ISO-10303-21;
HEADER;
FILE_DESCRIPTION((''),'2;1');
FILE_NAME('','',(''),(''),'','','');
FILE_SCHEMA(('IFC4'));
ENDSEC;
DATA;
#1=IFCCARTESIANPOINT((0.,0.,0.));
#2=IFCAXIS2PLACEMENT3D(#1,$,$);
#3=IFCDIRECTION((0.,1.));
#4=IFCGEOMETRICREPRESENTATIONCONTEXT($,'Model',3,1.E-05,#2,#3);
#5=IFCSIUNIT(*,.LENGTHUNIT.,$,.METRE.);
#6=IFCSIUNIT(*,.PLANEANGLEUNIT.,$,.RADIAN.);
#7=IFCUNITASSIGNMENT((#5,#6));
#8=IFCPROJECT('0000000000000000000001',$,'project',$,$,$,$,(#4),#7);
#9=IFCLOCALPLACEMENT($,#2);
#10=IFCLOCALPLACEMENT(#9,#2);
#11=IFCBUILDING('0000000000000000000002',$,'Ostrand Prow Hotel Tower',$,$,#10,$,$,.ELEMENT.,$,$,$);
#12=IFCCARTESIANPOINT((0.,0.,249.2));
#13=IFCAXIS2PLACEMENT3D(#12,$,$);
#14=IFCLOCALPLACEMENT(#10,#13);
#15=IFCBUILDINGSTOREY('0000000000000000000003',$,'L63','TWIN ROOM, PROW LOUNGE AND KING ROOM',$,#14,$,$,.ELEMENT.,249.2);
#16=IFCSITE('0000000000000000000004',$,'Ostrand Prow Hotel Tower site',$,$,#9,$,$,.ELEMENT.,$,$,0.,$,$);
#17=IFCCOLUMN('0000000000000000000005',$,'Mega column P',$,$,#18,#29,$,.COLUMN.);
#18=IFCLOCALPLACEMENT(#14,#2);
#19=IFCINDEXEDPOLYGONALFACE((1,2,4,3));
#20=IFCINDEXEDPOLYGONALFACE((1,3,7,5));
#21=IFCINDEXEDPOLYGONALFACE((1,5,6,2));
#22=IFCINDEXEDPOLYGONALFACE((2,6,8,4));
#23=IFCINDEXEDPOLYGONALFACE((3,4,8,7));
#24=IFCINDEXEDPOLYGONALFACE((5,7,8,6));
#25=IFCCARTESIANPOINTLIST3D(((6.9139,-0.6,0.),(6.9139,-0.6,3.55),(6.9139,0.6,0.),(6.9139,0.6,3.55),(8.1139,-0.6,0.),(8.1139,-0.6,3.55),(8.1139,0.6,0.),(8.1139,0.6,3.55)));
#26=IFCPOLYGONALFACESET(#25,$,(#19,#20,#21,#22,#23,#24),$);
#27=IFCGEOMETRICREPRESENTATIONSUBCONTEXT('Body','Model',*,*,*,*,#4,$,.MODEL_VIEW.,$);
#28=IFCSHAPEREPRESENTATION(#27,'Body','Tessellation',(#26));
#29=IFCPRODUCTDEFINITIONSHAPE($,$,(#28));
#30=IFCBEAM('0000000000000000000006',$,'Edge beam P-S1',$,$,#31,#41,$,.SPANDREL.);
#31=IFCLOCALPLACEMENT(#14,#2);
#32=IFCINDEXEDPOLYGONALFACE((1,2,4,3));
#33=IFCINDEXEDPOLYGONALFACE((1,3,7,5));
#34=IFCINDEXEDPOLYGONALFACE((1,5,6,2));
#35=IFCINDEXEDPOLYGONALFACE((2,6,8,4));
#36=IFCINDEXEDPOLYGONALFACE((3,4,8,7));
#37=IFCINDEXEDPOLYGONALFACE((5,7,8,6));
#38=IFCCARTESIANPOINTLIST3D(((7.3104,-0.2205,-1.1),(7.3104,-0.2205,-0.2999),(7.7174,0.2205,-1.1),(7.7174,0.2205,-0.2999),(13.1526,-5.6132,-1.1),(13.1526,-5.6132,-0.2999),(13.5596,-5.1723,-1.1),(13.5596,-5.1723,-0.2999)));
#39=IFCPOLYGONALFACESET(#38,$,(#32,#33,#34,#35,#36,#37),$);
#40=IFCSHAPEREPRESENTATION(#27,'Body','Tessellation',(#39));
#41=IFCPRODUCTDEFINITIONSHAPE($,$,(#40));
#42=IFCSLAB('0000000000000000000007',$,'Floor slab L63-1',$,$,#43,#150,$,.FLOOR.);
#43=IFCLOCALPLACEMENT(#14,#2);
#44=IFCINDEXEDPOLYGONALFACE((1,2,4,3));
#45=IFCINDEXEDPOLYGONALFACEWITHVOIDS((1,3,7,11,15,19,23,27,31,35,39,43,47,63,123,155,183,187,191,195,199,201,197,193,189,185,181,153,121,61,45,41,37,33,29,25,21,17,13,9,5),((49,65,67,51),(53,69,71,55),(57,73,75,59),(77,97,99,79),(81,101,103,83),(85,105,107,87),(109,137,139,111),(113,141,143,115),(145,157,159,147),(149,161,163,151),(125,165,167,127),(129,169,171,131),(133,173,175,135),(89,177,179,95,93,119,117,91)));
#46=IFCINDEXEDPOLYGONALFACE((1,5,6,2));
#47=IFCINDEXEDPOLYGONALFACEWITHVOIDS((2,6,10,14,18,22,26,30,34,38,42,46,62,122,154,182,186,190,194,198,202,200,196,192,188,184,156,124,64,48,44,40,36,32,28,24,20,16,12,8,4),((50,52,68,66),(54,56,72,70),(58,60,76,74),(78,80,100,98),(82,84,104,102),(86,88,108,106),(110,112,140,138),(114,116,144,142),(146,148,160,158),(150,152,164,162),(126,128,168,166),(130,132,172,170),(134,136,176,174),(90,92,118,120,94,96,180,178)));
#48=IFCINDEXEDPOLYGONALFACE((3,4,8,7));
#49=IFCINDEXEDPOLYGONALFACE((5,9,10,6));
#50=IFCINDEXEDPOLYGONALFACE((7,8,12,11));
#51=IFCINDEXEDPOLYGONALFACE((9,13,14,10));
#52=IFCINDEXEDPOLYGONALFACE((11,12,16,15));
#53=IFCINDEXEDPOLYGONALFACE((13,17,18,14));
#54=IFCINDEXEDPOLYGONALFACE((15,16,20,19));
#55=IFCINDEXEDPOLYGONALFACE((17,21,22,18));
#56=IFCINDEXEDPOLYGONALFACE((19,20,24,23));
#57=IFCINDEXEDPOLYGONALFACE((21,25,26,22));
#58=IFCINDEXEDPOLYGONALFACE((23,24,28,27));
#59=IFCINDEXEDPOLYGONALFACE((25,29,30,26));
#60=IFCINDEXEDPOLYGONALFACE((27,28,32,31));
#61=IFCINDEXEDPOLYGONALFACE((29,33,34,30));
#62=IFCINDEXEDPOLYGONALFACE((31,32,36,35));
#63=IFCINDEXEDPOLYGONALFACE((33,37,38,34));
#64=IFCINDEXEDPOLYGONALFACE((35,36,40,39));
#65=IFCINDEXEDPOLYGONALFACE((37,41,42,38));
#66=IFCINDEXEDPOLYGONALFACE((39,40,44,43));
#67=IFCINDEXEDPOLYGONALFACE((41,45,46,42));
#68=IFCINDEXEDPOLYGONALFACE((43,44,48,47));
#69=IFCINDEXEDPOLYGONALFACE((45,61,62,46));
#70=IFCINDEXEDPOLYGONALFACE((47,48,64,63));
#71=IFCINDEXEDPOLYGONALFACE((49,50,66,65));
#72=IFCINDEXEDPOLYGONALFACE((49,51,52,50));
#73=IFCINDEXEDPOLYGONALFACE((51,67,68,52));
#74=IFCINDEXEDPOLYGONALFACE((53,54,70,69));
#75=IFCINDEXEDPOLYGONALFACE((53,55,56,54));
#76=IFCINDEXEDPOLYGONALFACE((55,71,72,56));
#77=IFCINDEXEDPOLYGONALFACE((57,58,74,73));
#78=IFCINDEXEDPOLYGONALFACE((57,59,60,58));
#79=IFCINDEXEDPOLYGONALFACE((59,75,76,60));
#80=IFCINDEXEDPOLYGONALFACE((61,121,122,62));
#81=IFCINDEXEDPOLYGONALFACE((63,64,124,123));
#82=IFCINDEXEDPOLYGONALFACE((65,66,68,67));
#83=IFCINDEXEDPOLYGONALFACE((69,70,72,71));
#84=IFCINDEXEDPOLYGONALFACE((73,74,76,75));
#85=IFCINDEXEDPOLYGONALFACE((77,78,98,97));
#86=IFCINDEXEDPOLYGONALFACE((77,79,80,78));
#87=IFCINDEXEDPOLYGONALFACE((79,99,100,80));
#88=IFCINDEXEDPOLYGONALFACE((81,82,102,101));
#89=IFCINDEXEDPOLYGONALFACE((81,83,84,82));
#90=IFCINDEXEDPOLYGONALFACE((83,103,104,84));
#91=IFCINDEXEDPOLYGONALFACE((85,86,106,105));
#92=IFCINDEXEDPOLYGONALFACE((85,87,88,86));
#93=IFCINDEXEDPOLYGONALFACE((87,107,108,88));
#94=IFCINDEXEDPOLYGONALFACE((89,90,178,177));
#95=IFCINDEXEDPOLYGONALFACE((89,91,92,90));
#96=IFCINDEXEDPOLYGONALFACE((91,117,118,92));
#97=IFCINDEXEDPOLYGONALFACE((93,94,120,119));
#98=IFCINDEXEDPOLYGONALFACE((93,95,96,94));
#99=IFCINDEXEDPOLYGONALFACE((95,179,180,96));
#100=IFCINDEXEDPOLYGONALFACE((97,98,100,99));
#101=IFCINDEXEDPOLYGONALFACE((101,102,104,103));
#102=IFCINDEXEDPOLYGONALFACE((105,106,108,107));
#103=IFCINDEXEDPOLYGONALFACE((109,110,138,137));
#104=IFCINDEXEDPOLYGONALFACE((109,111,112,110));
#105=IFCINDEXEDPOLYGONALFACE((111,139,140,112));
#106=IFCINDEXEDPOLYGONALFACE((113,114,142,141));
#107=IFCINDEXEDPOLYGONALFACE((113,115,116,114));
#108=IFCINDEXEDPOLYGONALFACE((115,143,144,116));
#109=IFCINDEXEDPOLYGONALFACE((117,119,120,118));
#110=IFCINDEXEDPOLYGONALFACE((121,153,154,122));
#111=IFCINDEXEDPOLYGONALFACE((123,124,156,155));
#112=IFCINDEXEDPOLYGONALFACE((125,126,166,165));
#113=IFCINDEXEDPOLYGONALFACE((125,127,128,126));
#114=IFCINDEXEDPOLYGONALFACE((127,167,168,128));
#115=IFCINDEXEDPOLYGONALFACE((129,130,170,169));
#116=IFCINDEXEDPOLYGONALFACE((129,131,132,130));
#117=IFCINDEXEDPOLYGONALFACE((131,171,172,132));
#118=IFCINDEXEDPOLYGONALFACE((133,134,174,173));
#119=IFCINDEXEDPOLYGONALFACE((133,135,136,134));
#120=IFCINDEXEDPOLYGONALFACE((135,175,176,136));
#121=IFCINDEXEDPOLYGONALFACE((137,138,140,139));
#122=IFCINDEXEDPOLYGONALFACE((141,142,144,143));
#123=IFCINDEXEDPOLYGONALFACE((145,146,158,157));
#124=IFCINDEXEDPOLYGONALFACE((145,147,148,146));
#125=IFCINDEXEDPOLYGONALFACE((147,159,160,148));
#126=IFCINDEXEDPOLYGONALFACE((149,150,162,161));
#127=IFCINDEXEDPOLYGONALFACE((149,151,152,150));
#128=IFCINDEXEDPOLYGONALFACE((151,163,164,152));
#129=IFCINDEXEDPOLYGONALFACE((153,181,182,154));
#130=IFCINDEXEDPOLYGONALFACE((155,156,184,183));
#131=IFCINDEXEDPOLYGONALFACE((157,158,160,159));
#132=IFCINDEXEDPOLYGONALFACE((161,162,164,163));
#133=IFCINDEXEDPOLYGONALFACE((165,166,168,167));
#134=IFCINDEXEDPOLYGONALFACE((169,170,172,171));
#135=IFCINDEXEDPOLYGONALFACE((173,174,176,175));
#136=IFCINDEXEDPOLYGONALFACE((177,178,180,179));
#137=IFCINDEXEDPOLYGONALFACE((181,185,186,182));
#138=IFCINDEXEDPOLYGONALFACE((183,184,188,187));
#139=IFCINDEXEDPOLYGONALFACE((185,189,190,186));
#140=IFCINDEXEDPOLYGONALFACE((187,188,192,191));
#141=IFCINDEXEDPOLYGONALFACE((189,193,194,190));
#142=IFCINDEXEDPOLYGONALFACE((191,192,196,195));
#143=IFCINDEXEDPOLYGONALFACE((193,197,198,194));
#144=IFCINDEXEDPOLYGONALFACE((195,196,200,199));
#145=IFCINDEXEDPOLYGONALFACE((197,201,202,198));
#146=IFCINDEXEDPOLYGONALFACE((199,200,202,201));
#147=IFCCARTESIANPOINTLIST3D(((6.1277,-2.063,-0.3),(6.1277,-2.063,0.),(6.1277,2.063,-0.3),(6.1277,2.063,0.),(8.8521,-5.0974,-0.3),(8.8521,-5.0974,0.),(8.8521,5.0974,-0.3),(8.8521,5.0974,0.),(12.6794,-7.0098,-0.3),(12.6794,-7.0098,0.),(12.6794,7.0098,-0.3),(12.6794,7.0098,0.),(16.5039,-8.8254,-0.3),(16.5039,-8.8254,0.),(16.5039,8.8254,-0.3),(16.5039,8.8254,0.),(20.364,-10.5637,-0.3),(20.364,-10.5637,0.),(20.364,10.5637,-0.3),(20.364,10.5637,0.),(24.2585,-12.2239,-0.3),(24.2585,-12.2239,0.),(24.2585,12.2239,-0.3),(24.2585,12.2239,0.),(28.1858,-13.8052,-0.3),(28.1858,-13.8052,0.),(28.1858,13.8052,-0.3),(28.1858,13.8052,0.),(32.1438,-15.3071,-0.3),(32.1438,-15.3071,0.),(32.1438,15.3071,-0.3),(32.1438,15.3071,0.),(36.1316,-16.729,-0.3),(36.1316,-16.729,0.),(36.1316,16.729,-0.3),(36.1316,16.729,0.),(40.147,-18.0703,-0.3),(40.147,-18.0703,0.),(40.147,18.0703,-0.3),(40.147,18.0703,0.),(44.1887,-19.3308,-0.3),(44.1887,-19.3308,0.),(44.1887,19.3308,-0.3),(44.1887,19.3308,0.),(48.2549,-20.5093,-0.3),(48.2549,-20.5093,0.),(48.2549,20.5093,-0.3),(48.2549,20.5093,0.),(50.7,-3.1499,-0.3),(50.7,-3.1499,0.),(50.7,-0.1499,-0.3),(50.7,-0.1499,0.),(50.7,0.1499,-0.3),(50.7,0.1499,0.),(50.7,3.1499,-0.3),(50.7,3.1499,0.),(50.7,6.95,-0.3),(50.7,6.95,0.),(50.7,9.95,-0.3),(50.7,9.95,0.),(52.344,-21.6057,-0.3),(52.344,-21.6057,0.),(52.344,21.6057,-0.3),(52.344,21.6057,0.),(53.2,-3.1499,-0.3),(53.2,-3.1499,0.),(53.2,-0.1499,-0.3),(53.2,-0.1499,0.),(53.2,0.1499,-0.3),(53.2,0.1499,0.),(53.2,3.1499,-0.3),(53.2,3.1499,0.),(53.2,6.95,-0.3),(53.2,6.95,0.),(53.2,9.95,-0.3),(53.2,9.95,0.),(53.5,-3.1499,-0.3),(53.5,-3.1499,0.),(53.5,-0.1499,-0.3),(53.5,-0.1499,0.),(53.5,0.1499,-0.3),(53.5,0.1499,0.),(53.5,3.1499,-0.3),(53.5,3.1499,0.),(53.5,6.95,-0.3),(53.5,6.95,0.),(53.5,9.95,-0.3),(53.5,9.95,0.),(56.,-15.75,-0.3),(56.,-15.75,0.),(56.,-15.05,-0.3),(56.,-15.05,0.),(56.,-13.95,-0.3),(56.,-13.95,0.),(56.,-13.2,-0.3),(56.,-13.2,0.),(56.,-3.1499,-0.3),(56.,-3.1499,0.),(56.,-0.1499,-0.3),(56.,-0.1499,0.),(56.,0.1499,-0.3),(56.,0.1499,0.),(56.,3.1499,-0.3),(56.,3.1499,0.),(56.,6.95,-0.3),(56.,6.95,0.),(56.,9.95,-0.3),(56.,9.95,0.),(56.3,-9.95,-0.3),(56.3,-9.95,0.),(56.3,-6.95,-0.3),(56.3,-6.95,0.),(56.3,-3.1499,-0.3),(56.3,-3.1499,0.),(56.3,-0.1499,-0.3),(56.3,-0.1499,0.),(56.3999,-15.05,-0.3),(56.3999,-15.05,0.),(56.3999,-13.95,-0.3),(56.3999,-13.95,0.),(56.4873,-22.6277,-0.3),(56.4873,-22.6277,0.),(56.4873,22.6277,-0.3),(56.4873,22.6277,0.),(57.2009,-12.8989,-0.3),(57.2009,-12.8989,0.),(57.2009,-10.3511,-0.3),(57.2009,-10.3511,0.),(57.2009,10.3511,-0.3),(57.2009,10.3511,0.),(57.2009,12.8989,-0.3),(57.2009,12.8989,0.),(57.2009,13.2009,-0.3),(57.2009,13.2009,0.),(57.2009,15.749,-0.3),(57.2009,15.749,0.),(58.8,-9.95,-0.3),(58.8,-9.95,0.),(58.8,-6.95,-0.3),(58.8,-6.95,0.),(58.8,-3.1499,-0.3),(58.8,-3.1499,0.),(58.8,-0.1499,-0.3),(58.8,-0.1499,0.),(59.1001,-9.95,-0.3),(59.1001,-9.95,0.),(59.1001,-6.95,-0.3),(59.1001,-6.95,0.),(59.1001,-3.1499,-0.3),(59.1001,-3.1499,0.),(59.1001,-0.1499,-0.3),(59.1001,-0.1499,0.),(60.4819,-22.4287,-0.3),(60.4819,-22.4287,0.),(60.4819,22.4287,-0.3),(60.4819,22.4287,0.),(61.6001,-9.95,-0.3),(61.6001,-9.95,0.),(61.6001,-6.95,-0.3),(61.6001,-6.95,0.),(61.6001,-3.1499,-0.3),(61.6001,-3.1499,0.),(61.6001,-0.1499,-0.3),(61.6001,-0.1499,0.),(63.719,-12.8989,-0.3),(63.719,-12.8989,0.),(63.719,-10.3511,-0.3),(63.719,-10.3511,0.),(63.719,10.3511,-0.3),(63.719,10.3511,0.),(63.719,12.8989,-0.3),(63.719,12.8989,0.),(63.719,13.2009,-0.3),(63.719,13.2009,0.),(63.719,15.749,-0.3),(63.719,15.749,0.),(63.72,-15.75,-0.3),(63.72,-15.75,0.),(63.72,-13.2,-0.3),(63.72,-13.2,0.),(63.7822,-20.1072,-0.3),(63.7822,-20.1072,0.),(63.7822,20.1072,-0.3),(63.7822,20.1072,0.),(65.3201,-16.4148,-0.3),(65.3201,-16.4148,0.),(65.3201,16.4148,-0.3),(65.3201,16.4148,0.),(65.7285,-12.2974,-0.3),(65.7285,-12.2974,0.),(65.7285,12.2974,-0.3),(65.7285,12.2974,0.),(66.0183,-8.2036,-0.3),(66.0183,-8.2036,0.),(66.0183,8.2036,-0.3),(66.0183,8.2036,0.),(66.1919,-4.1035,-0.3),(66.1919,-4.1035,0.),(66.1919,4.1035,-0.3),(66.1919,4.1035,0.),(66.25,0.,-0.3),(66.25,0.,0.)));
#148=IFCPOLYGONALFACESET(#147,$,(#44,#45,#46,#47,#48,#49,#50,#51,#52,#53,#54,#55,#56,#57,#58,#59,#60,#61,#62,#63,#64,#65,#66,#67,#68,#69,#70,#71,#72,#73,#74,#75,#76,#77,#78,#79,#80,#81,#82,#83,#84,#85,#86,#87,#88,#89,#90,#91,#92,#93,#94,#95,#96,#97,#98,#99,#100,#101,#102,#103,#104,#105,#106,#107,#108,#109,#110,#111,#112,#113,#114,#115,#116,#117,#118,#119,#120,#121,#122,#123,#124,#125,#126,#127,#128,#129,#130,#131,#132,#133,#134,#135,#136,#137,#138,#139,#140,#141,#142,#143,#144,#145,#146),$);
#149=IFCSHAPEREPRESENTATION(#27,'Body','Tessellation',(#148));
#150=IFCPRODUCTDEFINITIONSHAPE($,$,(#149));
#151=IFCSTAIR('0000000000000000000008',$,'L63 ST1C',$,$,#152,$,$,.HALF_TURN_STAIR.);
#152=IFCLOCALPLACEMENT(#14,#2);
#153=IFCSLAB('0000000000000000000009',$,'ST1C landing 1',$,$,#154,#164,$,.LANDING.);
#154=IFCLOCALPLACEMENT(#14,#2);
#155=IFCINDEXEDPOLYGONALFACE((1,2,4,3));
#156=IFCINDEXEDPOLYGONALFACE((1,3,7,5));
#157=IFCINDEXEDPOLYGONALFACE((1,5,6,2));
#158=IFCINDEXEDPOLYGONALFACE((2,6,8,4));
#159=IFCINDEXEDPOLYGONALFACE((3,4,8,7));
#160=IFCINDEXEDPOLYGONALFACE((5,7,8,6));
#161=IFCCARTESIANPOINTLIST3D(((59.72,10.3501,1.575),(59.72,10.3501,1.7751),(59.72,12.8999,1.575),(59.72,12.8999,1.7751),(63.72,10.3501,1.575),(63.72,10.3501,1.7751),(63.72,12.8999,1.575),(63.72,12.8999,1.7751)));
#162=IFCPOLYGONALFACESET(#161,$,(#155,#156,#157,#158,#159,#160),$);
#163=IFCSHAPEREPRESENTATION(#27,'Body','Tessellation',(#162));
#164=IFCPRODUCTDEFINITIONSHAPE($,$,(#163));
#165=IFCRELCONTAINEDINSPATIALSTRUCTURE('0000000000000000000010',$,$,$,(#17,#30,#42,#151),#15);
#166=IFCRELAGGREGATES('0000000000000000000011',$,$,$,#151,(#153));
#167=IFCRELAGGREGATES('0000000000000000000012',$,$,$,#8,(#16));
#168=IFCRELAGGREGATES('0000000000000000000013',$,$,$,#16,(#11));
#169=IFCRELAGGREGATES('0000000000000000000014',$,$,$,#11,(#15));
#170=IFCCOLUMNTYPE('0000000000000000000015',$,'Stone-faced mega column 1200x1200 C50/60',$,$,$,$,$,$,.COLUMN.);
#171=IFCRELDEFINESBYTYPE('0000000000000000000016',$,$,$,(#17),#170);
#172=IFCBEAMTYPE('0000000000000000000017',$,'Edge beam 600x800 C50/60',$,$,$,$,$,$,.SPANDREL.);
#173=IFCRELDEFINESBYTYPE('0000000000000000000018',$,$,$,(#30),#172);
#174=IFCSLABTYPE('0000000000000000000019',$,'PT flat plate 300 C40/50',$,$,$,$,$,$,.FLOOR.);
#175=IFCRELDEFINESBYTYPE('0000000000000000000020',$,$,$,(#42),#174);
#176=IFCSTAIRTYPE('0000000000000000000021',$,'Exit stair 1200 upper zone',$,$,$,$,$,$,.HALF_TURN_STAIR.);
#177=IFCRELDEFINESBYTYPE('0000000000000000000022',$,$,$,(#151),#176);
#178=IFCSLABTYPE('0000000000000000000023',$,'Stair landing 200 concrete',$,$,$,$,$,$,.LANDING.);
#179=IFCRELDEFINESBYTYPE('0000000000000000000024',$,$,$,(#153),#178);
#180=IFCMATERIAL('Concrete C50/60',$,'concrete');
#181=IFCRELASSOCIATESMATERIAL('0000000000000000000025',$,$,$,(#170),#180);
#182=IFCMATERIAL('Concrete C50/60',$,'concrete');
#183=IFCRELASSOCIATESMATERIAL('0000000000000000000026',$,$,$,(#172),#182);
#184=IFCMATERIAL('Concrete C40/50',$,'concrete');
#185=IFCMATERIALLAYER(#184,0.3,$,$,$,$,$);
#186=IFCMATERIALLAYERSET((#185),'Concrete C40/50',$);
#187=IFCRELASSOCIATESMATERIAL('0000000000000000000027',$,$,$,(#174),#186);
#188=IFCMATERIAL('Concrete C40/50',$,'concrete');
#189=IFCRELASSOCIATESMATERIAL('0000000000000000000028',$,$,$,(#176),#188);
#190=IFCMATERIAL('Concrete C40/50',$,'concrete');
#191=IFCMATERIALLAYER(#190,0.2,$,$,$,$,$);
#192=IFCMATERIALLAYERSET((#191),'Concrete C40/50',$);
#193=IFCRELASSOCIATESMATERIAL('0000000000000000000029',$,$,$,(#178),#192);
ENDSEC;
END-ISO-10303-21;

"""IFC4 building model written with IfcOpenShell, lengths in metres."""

from ifc_helpers import new_model, si_unit, direction, frame, origin, origin_2d, place, context, subcontext, project, spatial, polyline, rectangle, outline, extrude, material, layer, layer_set, material_profile, profile_set, type_object, element, aggregate, save


model = new_model("IFC4")

# Units and contexts
model_context = context("Model", 3, precision=1e-05, world=origin(), true_north=direction((0.0, 1.0)))
body_context = subcontext(model_context, "Body", "Model", "MODEL_VIEW")
ifc_project = project(units=[si_unit("LENGTHUNIT", "METRE"), si_unit("PLANEANGLEUNIT", "RADIAN")], contexts=[model_context])

# Site, building, storey
site_placement = place(None, origin())
site = spatial("IfcSite", under=ifc_project, at=site_placement, Name="Ostrand Prow Hotel Tower site", CompositionType="ELEMENT", RefElevation=0.0)
building_placement = place(site_placement, origin())
building = spatial("IfcBuilding", under=site, at=building_placement, Name="Ostrand Prow Hotel Tower", CompositionType="ELEMENT")
storey_placement = place(building_placement, frame((0.0, 0.0, 249.2)))
storey = spatial("IfcBuildingStorey", under=building, at=storey_placement, Name="L63", Description="TWIN ROOM, PROW LOUNGE AND KING ROOM", CompositionType="ELEMENT", Elevation=249.2)

# Column
ifc_material_1 = material(Name="Concrete C50/60", Category="concrete")
ifc_material_profile_1 = material_profile(ifc_material_1, rectangle(XDim=1.2, YDim=1.2, at=origin_2d()), Name="RC 1200x1200")
ifc_profile_set_1 = profile_set([ifc_material_profile_1], Name="Concrete C50/60")
column_type = type_object("IfcColumnType", Name="Stone-faced mega column 1200x1200 C50/60", PredefinedType="COLUMN", material=ifc_profile_set_1)
column_placement = place(storey_placement, frame((7.5139, 0.0, 0.0), z_axis=(0.0, 0.0, 1.0), x_axis=(1.0, 0.0, 0.0)))
element("IfcColumn", 1, at=column_placement, inside=storey, type_object=column_type, Name="Mega column P", PredefinedType="COLUMN", context=body_context, shape_type="SweptSolid", body=[
    extrude(rectangle(XDim=1.2, YDim=1.2, at=origin_2d()), origin(), (0.0, 0.0, 1.0), 3.55),
])

# Beam
ifc_material_2 = material(Name="Concrete C50/60", Category="concrete")
ifc_material_profile_2 = material_profile(ifc_material_2, rectangle(XDim=0.6001, YDim=0.8, at=origin_2d()), Name="RC 600x800")
ifc_profile_set_2 = profile_set([ifc_material_profile_2], Name="Concrete C50/60")
beam_type = type_object("IfcBeamType", Name="Edge beam 600x800 C50/60", PredefinedType="SPANDREL", material=ifc_profile_set_2)
beam_placement = place(storey_placement, frame((7.5139, 0.0, -0.7), z_axis=(0.734807, -0.678276, 0.0), x_axis=(0.678276, 0.734807, 0.0)))
element("IfcBeam", 2, at=beam_placement, inside=storey, type_object=beam_type, Name="Edge beam P-S1", PredefinedType="SPANDREL", context=body_context, shape_type="SweptSolid", body=[
    extrude(rectangle(XDim=0.6001, YDim=0.8, at=origin_2d()), origin(), (0.0, 0.0, 1.0), 7.9507),
])

# Slab, opening
ifc_material_3 = material(Name="Concrete C40/50", Category="concrete")
ifc_layer_1 = layer(ifc_material_3, 0.3)
ifc_layer_set_1 = layer_set([ifc_layer_1], Name="Concrete C40/50")
slab_type_1 = type_object("IfcSlabType", Name="PT flat plate 300 C40/50", PredefinedType="FLOOR", material=ifc_layer_set_1)
slab_1_placement = place(storey_placement, frame((0.0, 0.0, -0.3)))
slab_1 = element("IfcSlab", 3, at=slab_1_placement, inside=storey, type_object=slab_type_1, Name="Floor slab L63-1", PredefinedType="FLOOR", context=body_context, shape_type="SweptSolid", body=[
    extrude(outline(polyline([(8.8521, 5.0974), (12.6794, 7.0098), (16.5039, 8.8254), (20.364, 10.5637), (24.2585, 12.2239), (28.1858, 13.8052), (32.1438, 15.3071), (36.1316, 16.729), (40.147, 18.0703), (44.1887, 19.3308), (48.2549, 20.5093), (52.344, 21.6057), (56.4873, 22.6277), (60.4819, 22.4287), (63.7822, 20.1072), (65.3201, 16.4148), (65.7285, 12.2974), (66.0183, 8.2036), (66.1919, 4.1035), (66.25, 0.0), (66.1919, -4.1035), (66.0183, -8.2036), (65.7285, -12.2974), (65.3201, -16.4148), (63.7822, -20.1072), (60.4819, -22.4287), (56.4873, -22.6277), (52.344, -21.6057), (48.2549, -20.5093), (44.1887, -19.3308), (40.147, -18.0703), (36.1316, -16.729), (32.1438, -15.3071), (28.1858, -13.8052), (24.2585, -12.2239), (20.364, -10.5637), (16.5039, -8.8254), (12.6794, -7.0098), (8.8521, -5.0974), (6.1277, -2.063), (6.1277, 2.063), (8.8521, 5.0974)]), holes=[polyline([(50.7, 6.95), (53.2, 6.95), (53.2, 9.95), (50.7, 9.95), (50.7, 6.95)]), polyline([(53.5, 6.95), (56.0, 6.95), (56.0, 9.95), (53.5, 9.95), (53.5, 6.95)]), polyline([(50.7, 0.1499), (53.2, 0.1499), (53.2, 3.1499), (50.7, 3.1499), (50.7, 0.1499)]), polyline([(53.5, 0.1499), (56.0, 0.1499), (56.0, 3.1499), (53.5, 3.1499), (53.5, 0.1499)]), polyline([(50.7, -3.1499), (53.2, -3.1499), (53.2, -0.1499), (50.7, -0.1499), (50.7, -3.1499)]), polyline([(53.5, -3.1499), (56.0, -3.1499), (56.0, -0.1499), (53.5, -0.1499), (53.5, -3.1499)]), polyline([(56.3, -3.1499), (58.8, -3.1499), (58.8, -0.1499), (56.3, -0.1499), (56.3, -3.1499)]), polyline([(59.1001, -3.1499), (61.6001, -3.1499), (61.6001, -0.1499), (59.1001, -0.1499), (59.1001, -3.1499)]), polyline([(56.3, -9.95), (58.8, -9.95), (58.8, -6.95), (56.3, -6.95), (56.3, -9.95)]), polyline([(59.1001, -9.95), (61.6001, -9.95), (61.6001, -6.95), (59.1001, -6.95), (59.1001, -9.95)]), polyline([(57.2009, 10.3511), (57.2009, 12.8989), (63.719, 12.8989), (63.719, 10.3511), (57.2009, 10.3511)]), polyline([(57.2009, 13.2009), (57.2009, 15.749), (63.719, 15.749), (63.719, 13.2009), (57.2009, 13.2009)]), polyline([(57.2009, -12.8989), (57.2009, -10.3511), (63.719, -10.3511), (63.719, -12.8989), (57.2009, -12.8989)]), polyline([(56.0, -13.95), (56.0, -13.2), (63.72, -13.2), (63.72, -15.75), (56.0, -15.75), (56.0, -15.05), (56.3999, -15.05), (56.3999, -13.95), (56.0, -13.95)])]), origin(), (0.0, 0.0, 1.0), 0.3),
])
opening_1_placement = place(slab_1_placement, origin())
element("IfcOpeningElement", 4, at=opening_1_placement, cuts=slab_1, PredefinedType="OPENING", context=body_context, shape_type="SweptSolid", body=[
    extrude(outline(polyline([(56.0, -13.95), (56.0, -13.2), (63.72, -13.2), (63.72, -15.75), (56.0, -15.75), (56.0, -15.05), (56.3999, -15.05), (56.3999, -13.95), (56.0, -13.95)])), origin(), (0.0, 0.0, 1.0), 0.3),
])

# Stair, slab
ifc_material_4 = material(Name="Concrete C40/50", Category="concrete")
stair_type = type_object("IfcStairType", Name="Exit stair 1200 upper zone", PredefinedType="HALF_TURN_STAIR", material=ifc_material_4)
stair_1_placement = place(storey_placement, origin())
stair_1 = element("IfcStair", 5, at=stair_1_placement, inside=storey, type_object=stair_type, Name="L63 ST1C", PredefinedType="HALF_TURN_STAIR")
ifc_material_5 = material(Name="Concrete C40/50", Category="concrete")
ifc_layer_2 = layer(ifc_material_5, 0.2)
ifc_layer_set_2 = layer_set([ifc_layer_2], Name="Concrete C40/50")
slab_type_2 = type_object("IfcSlabType", Name="Stair landing 200 concrete", PredefinedType="LANDING", material=ifc_layer_set_2)
slab_2_placement = place(storey_placement, frame((0.0, 0.0, 1.575)))
slab_2 = element("IfcSlab", 6, at=slab_2_placement, type_object=slab_type_2, Name="ST1C landing 1", PredefinedType="LANDING", context=body_context, shape_type="SweptSolid", body=[
    extrude(outline(polyline([(59.72, 10.3501), (63.72, 10.3501), (63.72, 12.8999), (59.72, 12.8999), (59.72, 10.3501)])), origin(), (0.0, 0.0, 1.0), 0.2002),
])
aggregate(stair_1, [slab_2])

save(model, "model.ifc")
